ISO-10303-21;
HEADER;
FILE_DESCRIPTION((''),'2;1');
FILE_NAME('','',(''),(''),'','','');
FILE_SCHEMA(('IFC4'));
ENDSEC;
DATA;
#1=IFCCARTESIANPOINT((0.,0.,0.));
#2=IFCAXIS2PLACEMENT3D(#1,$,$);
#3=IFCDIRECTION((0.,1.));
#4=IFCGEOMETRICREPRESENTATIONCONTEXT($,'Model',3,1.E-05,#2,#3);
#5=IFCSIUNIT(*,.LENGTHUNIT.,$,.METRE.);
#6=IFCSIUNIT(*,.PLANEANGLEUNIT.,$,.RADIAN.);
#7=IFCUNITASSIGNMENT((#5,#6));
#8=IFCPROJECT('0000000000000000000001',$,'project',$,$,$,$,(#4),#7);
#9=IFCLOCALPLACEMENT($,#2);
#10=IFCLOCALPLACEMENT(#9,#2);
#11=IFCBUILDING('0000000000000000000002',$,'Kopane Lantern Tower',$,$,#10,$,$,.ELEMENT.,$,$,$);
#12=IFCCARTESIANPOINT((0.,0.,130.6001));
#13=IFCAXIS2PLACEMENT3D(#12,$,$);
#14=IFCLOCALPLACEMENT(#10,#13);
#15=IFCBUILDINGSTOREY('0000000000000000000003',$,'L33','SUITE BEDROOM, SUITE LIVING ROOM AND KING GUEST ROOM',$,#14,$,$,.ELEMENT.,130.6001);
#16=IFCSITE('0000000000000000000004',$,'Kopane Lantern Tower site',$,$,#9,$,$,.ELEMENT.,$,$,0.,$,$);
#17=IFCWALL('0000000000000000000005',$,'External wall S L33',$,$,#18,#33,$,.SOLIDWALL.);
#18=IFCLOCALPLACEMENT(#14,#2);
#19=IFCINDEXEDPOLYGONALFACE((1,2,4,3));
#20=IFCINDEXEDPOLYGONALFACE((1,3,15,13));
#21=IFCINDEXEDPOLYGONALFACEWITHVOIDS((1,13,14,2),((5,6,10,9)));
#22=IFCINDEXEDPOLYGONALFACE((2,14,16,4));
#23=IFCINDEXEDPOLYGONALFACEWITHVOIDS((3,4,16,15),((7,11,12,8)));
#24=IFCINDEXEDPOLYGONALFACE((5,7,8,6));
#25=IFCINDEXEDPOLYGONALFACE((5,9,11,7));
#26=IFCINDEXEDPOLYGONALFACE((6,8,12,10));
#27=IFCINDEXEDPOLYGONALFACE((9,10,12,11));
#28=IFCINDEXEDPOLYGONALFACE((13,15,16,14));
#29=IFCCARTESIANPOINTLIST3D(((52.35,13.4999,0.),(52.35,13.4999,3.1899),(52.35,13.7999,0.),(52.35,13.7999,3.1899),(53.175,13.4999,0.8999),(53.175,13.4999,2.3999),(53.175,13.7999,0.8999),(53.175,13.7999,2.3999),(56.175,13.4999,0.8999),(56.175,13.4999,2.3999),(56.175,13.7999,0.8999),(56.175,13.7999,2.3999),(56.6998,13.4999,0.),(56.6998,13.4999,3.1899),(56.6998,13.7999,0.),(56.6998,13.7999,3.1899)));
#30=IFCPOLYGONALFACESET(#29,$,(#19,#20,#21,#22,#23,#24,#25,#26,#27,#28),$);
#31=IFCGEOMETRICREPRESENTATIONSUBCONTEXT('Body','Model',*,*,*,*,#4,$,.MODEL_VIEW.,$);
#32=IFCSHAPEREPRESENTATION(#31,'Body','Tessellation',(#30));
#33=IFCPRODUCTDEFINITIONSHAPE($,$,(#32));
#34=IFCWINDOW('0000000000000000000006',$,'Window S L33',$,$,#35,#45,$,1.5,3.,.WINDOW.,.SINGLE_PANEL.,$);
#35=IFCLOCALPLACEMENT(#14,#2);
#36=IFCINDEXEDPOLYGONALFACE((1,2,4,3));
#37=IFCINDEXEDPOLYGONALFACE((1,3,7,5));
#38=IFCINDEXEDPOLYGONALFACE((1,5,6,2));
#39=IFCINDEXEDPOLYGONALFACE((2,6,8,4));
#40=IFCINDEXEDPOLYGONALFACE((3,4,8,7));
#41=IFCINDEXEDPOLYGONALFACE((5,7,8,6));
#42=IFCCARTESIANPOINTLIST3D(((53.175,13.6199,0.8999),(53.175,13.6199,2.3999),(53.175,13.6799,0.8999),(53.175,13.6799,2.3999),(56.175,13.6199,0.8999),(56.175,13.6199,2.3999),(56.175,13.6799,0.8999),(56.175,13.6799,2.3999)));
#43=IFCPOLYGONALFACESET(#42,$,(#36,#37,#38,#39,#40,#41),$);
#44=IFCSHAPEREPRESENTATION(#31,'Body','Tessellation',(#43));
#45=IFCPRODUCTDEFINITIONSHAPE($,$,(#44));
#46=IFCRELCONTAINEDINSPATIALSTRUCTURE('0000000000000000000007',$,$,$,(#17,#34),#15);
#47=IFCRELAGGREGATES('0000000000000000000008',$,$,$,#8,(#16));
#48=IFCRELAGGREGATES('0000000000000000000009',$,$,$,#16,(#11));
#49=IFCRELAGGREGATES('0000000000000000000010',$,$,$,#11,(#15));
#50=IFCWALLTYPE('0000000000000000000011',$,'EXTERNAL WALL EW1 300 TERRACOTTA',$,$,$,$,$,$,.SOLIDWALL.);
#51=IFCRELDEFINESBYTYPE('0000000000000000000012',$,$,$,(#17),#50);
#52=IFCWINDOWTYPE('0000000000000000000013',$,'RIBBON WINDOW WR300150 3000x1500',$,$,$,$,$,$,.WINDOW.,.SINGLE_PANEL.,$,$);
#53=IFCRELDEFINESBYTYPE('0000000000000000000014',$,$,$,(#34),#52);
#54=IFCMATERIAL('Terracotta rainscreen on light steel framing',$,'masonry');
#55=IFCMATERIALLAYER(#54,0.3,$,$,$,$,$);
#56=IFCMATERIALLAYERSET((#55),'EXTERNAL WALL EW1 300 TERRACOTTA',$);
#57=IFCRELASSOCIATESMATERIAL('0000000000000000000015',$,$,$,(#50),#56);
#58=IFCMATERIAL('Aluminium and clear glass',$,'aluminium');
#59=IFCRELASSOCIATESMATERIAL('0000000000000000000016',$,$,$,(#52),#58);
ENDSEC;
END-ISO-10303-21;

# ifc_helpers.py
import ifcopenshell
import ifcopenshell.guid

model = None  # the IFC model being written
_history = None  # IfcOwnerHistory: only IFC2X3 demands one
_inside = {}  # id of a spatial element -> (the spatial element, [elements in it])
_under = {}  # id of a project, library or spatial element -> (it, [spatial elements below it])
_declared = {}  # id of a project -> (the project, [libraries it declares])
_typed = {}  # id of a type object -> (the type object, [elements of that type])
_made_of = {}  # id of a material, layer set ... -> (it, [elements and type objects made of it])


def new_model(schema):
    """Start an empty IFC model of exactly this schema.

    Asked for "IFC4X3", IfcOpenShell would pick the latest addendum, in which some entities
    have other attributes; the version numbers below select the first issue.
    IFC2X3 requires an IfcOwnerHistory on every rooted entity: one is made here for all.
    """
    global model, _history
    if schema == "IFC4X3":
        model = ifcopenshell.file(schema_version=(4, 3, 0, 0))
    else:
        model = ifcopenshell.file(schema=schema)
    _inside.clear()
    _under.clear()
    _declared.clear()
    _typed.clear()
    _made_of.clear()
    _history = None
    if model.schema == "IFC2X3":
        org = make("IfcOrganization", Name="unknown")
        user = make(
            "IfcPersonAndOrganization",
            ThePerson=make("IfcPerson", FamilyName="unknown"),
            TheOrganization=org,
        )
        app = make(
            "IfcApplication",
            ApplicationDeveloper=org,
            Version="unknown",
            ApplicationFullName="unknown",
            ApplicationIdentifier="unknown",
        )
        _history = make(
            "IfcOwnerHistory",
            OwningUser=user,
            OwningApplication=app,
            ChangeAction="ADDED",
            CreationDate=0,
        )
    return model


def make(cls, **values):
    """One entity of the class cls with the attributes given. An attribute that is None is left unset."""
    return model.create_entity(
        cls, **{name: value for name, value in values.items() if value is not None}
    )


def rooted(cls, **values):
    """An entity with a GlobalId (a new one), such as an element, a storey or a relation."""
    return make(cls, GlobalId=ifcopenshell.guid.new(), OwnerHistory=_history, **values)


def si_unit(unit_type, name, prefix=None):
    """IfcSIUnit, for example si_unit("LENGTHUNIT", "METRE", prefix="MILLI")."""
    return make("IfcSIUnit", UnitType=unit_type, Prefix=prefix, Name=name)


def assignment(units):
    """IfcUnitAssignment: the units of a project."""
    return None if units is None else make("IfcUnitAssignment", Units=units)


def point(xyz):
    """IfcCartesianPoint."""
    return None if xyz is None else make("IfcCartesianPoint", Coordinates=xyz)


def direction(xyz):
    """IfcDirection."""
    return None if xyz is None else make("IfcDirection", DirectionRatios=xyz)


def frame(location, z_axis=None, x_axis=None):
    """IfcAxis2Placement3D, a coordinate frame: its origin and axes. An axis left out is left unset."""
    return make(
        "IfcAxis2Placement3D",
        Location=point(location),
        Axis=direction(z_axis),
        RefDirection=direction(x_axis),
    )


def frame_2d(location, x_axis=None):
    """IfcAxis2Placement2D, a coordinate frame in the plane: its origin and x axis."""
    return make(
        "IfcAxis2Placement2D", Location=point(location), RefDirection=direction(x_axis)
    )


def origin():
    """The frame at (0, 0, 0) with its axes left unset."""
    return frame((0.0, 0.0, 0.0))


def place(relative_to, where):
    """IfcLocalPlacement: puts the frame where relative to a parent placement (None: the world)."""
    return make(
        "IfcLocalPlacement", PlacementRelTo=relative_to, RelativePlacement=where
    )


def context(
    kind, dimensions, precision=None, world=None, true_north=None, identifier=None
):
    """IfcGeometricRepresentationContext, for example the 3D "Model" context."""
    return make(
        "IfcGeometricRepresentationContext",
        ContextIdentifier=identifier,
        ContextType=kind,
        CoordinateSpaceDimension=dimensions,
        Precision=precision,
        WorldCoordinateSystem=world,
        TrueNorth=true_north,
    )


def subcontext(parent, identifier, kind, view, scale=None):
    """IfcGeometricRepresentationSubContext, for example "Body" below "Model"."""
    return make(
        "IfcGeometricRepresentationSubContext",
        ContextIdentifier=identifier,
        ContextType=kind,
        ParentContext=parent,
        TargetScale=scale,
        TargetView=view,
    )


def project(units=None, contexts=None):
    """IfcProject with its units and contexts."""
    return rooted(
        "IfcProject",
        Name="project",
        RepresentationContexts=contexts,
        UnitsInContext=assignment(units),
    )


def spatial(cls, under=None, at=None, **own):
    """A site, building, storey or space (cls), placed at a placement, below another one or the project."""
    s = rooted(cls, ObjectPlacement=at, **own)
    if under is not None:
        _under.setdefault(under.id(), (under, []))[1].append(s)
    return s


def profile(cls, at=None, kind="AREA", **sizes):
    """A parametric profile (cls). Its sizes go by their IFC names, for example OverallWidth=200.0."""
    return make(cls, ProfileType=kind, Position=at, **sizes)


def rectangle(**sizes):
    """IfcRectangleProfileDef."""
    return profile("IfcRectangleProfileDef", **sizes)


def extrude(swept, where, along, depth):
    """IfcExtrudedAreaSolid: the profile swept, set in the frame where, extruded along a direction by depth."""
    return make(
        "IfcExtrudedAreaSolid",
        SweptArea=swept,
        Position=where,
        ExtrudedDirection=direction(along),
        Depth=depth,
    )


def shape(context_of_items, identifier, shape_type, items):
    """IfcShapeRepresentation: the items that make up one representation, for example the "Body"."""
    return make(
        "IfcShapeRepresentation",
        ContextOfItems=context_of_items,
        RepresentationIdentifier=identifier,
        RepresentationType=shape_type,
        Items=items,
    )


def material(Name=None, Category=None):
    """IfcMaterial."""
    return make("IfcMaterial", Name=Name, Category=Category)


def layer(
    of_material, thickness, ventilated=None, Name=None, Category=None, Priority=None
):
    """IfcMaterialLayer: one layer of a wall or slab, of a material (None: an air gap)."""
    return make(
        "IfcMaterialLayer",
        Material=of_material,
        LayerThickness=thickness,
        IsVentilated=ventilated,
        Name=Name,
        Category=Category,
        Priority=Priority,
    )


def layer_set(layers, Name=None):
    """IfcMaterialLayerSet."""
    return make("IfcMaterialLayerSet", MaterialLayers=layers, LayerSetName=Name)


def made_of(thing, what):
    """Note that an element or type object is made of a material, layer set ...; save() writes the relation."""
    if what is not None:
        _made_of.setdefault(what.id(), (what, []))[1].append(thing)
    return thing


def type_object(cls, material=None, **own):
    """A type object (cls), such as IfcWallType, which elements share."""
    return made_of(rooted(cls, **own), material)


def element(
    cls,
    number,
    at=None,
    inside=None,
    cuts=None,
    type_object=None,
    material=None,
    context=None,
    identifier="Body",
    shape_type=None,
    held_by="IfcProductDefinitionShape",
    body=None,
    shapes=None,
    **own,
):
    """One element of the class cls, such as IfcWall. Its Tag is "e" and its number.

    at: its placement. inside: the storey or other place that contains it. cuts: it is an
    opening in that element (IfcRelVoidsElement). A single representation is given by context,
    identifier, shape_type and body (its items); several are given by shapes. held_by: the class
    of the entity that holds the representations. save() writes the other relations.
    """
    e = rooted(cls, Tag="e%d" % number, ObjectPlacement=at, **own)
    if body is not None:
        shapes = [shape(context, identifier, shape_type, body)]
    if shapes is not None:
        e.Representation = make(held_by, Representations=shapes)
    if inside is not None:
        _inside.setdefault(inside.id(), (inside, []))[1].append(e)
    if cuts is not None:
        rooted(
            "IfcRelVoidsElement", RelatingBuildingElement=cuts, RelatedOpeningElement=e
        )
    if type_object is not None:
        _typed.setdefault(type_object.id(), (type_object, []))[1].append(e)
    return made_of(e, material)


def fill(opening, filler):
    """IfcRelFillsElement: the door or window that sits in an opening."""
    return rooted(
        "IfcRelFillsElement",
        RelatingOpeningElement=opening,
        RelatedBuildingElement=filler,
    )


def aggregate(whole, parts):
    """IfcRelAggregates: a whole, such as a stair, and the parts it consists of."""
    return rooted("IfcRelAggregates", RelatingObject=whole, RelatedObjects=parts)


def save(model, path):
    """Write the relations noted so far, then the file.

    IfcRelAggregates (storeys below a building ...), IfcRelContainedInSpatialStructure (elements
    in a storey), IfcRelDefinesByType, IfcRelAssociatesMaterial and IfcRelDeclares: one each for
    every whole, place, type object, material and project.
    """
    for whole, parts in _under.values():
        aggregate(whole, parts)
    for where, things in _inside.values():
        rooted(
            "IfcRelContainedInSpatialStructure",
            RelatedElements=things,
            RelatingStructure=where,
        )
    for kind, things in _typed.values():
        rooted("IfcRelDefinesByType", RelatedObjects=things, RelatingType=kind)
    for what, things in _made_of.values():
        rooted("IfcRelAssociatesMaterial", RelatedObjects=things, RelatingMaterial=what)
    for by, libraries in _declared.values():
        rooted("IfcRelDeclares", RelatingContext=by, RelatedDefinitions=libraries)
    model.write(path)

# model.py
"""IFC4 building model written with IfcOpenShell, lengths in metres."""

from ifc_helpers import new_model, si_unit, direction, frame, frame_2d, origin, place, context, subcontext, project, spatial, rectangle, extrude, material, layer, layer_set, type_object, element, fill, save


model = new_model("IFC4")

# Units and contexts
model_context = context("Model", 3, precision=1e-05, world=origin(), true_north=direction((0.0, 1.0)))
body_context = subcontext(model_context, "Body", "Model", "MODEL_VIEW")
ifc_project = project(units=[si_unit("LENGTHUNIT", "METRE"), si_unit("PLANEANGLEUNIT", "RADIAN")], contexts=[model_context])

# Site, building, storey
site_placement = place(None, origin())
site = spatial("IfcSite", under=ifc_project, at=site_placement, Name="Kopane Lantern Tower site", CompositionType="ELEMENT", RefElevation=0.0)
building_placement = place(site_placement, origin())
building = spatial("IfcBuilding", under=site, at=building_placement, Name="Kopane Lantern Tower", CompositionType="ELEMENT")
storey_placement = place(building_placement, frame((0.0, 0.0, 130.6001)))
storey = spatial("IfcBuildingStorey", under=building, at=storey_placement, Name="L33", Description="SUITE BEDROOM, SUITE LIVING ROOM AND KING GUEST ROOM", CompositionType="ELEMENT", Elevation=130.6001)

# Wall, opening, window
ifc_material_1 = material(Name="Terracotta rainscreen on light steel framing", Category="masonry")
ifc_layer_1 = layer(ifc_material_1, 0.3)
ifc_layer_set_1 = layer_set([ifc_layer_1], Name="EXTERNAL WALL EW1 300 TERRACOTTA")
wall_type_1 = type_object("IfcWallType", Name="EXTERNAL WALL EW1 300 TERRACOTTA", PredefinedType="SOLIDWALL", material=ifc_layer_set_1)
wall_1_placement = place(storey_placement, frame((52.3501, 13.6499, 0.0), z_axis=(0.0, 0.0, 1.0), x_axis=(1.0, 0.0, 0.0)))
wall_1 = element("IfcWall", 1, at=wall_1_placement, inside=storey, type_object=wall_type_1, Name="External wall S L33", PredefinedType="SOLIDWALL", context=body_context, shape_type="SweptSolid", body=[
    extrude(rectangle(XDim=4.3499, YDim=0.3, at=frame_2d((2.1748, 0.0))), origin(), (0.0, 0.0, 1.0), 3.1899),
])
opening_1_placement = place(wall_1_placement, frame((0.825, 0.0, 0.8999)))
opening_1 = element("IfcOpeningElement", 2, at=opening_1_placement, cuts=wall_1, PredefinedType="OPENING", context=body_context, shape_type="SweptSolid", body=[
    extrude(rectangle(XDim=3.0, YDim=1.5, at=frame_2d((1.5, 0.75))), frame((0.0, 0.1599, 0.0), z_axis=(0.0, -1.0, 0.0), x_axis=(1.0, 0.0, 0.0)), (0.0, 0.0, 1.0), 0.3201),
])
ifc_material_2 = material(Name="Aluminium and clear glass", Category="aluminium")
window_type_1 = type_object("IfcWindowType", Name="RIBBON WINDOW WR300150 3000x1500", PartitioningType="SINGLE_PANEL", PredefinedType="WINDOW", material=ifc_material_2)
window_1_placement = place(opening_1_placement, origin())
window_1 = element("IfcWindow", 3, at=window_1_placement, inside=storey, type_object=window_type_1, Name="Window S L33", OverallHeight=1.5, OverallWidth=3.0, PartitioningType="SINGLE_PANEL", PredefinedType="WINDOW", context=body_context, shape_type="SweptSolid", body=[
    extrude(rectangle(XDim=3.0, YDim=1.5, at=frame_2d((1.5, 0.75))), frame((0.0, 0.03, 0.0), z_axis=(0.0, -1.0, 0.0), x_axis=(1.0, 0.0, 0.0)), (0.0, 0.0, 1.0), 0.0601),
])
fill(opening_1, window_1)

save(model, "model.ifc")
